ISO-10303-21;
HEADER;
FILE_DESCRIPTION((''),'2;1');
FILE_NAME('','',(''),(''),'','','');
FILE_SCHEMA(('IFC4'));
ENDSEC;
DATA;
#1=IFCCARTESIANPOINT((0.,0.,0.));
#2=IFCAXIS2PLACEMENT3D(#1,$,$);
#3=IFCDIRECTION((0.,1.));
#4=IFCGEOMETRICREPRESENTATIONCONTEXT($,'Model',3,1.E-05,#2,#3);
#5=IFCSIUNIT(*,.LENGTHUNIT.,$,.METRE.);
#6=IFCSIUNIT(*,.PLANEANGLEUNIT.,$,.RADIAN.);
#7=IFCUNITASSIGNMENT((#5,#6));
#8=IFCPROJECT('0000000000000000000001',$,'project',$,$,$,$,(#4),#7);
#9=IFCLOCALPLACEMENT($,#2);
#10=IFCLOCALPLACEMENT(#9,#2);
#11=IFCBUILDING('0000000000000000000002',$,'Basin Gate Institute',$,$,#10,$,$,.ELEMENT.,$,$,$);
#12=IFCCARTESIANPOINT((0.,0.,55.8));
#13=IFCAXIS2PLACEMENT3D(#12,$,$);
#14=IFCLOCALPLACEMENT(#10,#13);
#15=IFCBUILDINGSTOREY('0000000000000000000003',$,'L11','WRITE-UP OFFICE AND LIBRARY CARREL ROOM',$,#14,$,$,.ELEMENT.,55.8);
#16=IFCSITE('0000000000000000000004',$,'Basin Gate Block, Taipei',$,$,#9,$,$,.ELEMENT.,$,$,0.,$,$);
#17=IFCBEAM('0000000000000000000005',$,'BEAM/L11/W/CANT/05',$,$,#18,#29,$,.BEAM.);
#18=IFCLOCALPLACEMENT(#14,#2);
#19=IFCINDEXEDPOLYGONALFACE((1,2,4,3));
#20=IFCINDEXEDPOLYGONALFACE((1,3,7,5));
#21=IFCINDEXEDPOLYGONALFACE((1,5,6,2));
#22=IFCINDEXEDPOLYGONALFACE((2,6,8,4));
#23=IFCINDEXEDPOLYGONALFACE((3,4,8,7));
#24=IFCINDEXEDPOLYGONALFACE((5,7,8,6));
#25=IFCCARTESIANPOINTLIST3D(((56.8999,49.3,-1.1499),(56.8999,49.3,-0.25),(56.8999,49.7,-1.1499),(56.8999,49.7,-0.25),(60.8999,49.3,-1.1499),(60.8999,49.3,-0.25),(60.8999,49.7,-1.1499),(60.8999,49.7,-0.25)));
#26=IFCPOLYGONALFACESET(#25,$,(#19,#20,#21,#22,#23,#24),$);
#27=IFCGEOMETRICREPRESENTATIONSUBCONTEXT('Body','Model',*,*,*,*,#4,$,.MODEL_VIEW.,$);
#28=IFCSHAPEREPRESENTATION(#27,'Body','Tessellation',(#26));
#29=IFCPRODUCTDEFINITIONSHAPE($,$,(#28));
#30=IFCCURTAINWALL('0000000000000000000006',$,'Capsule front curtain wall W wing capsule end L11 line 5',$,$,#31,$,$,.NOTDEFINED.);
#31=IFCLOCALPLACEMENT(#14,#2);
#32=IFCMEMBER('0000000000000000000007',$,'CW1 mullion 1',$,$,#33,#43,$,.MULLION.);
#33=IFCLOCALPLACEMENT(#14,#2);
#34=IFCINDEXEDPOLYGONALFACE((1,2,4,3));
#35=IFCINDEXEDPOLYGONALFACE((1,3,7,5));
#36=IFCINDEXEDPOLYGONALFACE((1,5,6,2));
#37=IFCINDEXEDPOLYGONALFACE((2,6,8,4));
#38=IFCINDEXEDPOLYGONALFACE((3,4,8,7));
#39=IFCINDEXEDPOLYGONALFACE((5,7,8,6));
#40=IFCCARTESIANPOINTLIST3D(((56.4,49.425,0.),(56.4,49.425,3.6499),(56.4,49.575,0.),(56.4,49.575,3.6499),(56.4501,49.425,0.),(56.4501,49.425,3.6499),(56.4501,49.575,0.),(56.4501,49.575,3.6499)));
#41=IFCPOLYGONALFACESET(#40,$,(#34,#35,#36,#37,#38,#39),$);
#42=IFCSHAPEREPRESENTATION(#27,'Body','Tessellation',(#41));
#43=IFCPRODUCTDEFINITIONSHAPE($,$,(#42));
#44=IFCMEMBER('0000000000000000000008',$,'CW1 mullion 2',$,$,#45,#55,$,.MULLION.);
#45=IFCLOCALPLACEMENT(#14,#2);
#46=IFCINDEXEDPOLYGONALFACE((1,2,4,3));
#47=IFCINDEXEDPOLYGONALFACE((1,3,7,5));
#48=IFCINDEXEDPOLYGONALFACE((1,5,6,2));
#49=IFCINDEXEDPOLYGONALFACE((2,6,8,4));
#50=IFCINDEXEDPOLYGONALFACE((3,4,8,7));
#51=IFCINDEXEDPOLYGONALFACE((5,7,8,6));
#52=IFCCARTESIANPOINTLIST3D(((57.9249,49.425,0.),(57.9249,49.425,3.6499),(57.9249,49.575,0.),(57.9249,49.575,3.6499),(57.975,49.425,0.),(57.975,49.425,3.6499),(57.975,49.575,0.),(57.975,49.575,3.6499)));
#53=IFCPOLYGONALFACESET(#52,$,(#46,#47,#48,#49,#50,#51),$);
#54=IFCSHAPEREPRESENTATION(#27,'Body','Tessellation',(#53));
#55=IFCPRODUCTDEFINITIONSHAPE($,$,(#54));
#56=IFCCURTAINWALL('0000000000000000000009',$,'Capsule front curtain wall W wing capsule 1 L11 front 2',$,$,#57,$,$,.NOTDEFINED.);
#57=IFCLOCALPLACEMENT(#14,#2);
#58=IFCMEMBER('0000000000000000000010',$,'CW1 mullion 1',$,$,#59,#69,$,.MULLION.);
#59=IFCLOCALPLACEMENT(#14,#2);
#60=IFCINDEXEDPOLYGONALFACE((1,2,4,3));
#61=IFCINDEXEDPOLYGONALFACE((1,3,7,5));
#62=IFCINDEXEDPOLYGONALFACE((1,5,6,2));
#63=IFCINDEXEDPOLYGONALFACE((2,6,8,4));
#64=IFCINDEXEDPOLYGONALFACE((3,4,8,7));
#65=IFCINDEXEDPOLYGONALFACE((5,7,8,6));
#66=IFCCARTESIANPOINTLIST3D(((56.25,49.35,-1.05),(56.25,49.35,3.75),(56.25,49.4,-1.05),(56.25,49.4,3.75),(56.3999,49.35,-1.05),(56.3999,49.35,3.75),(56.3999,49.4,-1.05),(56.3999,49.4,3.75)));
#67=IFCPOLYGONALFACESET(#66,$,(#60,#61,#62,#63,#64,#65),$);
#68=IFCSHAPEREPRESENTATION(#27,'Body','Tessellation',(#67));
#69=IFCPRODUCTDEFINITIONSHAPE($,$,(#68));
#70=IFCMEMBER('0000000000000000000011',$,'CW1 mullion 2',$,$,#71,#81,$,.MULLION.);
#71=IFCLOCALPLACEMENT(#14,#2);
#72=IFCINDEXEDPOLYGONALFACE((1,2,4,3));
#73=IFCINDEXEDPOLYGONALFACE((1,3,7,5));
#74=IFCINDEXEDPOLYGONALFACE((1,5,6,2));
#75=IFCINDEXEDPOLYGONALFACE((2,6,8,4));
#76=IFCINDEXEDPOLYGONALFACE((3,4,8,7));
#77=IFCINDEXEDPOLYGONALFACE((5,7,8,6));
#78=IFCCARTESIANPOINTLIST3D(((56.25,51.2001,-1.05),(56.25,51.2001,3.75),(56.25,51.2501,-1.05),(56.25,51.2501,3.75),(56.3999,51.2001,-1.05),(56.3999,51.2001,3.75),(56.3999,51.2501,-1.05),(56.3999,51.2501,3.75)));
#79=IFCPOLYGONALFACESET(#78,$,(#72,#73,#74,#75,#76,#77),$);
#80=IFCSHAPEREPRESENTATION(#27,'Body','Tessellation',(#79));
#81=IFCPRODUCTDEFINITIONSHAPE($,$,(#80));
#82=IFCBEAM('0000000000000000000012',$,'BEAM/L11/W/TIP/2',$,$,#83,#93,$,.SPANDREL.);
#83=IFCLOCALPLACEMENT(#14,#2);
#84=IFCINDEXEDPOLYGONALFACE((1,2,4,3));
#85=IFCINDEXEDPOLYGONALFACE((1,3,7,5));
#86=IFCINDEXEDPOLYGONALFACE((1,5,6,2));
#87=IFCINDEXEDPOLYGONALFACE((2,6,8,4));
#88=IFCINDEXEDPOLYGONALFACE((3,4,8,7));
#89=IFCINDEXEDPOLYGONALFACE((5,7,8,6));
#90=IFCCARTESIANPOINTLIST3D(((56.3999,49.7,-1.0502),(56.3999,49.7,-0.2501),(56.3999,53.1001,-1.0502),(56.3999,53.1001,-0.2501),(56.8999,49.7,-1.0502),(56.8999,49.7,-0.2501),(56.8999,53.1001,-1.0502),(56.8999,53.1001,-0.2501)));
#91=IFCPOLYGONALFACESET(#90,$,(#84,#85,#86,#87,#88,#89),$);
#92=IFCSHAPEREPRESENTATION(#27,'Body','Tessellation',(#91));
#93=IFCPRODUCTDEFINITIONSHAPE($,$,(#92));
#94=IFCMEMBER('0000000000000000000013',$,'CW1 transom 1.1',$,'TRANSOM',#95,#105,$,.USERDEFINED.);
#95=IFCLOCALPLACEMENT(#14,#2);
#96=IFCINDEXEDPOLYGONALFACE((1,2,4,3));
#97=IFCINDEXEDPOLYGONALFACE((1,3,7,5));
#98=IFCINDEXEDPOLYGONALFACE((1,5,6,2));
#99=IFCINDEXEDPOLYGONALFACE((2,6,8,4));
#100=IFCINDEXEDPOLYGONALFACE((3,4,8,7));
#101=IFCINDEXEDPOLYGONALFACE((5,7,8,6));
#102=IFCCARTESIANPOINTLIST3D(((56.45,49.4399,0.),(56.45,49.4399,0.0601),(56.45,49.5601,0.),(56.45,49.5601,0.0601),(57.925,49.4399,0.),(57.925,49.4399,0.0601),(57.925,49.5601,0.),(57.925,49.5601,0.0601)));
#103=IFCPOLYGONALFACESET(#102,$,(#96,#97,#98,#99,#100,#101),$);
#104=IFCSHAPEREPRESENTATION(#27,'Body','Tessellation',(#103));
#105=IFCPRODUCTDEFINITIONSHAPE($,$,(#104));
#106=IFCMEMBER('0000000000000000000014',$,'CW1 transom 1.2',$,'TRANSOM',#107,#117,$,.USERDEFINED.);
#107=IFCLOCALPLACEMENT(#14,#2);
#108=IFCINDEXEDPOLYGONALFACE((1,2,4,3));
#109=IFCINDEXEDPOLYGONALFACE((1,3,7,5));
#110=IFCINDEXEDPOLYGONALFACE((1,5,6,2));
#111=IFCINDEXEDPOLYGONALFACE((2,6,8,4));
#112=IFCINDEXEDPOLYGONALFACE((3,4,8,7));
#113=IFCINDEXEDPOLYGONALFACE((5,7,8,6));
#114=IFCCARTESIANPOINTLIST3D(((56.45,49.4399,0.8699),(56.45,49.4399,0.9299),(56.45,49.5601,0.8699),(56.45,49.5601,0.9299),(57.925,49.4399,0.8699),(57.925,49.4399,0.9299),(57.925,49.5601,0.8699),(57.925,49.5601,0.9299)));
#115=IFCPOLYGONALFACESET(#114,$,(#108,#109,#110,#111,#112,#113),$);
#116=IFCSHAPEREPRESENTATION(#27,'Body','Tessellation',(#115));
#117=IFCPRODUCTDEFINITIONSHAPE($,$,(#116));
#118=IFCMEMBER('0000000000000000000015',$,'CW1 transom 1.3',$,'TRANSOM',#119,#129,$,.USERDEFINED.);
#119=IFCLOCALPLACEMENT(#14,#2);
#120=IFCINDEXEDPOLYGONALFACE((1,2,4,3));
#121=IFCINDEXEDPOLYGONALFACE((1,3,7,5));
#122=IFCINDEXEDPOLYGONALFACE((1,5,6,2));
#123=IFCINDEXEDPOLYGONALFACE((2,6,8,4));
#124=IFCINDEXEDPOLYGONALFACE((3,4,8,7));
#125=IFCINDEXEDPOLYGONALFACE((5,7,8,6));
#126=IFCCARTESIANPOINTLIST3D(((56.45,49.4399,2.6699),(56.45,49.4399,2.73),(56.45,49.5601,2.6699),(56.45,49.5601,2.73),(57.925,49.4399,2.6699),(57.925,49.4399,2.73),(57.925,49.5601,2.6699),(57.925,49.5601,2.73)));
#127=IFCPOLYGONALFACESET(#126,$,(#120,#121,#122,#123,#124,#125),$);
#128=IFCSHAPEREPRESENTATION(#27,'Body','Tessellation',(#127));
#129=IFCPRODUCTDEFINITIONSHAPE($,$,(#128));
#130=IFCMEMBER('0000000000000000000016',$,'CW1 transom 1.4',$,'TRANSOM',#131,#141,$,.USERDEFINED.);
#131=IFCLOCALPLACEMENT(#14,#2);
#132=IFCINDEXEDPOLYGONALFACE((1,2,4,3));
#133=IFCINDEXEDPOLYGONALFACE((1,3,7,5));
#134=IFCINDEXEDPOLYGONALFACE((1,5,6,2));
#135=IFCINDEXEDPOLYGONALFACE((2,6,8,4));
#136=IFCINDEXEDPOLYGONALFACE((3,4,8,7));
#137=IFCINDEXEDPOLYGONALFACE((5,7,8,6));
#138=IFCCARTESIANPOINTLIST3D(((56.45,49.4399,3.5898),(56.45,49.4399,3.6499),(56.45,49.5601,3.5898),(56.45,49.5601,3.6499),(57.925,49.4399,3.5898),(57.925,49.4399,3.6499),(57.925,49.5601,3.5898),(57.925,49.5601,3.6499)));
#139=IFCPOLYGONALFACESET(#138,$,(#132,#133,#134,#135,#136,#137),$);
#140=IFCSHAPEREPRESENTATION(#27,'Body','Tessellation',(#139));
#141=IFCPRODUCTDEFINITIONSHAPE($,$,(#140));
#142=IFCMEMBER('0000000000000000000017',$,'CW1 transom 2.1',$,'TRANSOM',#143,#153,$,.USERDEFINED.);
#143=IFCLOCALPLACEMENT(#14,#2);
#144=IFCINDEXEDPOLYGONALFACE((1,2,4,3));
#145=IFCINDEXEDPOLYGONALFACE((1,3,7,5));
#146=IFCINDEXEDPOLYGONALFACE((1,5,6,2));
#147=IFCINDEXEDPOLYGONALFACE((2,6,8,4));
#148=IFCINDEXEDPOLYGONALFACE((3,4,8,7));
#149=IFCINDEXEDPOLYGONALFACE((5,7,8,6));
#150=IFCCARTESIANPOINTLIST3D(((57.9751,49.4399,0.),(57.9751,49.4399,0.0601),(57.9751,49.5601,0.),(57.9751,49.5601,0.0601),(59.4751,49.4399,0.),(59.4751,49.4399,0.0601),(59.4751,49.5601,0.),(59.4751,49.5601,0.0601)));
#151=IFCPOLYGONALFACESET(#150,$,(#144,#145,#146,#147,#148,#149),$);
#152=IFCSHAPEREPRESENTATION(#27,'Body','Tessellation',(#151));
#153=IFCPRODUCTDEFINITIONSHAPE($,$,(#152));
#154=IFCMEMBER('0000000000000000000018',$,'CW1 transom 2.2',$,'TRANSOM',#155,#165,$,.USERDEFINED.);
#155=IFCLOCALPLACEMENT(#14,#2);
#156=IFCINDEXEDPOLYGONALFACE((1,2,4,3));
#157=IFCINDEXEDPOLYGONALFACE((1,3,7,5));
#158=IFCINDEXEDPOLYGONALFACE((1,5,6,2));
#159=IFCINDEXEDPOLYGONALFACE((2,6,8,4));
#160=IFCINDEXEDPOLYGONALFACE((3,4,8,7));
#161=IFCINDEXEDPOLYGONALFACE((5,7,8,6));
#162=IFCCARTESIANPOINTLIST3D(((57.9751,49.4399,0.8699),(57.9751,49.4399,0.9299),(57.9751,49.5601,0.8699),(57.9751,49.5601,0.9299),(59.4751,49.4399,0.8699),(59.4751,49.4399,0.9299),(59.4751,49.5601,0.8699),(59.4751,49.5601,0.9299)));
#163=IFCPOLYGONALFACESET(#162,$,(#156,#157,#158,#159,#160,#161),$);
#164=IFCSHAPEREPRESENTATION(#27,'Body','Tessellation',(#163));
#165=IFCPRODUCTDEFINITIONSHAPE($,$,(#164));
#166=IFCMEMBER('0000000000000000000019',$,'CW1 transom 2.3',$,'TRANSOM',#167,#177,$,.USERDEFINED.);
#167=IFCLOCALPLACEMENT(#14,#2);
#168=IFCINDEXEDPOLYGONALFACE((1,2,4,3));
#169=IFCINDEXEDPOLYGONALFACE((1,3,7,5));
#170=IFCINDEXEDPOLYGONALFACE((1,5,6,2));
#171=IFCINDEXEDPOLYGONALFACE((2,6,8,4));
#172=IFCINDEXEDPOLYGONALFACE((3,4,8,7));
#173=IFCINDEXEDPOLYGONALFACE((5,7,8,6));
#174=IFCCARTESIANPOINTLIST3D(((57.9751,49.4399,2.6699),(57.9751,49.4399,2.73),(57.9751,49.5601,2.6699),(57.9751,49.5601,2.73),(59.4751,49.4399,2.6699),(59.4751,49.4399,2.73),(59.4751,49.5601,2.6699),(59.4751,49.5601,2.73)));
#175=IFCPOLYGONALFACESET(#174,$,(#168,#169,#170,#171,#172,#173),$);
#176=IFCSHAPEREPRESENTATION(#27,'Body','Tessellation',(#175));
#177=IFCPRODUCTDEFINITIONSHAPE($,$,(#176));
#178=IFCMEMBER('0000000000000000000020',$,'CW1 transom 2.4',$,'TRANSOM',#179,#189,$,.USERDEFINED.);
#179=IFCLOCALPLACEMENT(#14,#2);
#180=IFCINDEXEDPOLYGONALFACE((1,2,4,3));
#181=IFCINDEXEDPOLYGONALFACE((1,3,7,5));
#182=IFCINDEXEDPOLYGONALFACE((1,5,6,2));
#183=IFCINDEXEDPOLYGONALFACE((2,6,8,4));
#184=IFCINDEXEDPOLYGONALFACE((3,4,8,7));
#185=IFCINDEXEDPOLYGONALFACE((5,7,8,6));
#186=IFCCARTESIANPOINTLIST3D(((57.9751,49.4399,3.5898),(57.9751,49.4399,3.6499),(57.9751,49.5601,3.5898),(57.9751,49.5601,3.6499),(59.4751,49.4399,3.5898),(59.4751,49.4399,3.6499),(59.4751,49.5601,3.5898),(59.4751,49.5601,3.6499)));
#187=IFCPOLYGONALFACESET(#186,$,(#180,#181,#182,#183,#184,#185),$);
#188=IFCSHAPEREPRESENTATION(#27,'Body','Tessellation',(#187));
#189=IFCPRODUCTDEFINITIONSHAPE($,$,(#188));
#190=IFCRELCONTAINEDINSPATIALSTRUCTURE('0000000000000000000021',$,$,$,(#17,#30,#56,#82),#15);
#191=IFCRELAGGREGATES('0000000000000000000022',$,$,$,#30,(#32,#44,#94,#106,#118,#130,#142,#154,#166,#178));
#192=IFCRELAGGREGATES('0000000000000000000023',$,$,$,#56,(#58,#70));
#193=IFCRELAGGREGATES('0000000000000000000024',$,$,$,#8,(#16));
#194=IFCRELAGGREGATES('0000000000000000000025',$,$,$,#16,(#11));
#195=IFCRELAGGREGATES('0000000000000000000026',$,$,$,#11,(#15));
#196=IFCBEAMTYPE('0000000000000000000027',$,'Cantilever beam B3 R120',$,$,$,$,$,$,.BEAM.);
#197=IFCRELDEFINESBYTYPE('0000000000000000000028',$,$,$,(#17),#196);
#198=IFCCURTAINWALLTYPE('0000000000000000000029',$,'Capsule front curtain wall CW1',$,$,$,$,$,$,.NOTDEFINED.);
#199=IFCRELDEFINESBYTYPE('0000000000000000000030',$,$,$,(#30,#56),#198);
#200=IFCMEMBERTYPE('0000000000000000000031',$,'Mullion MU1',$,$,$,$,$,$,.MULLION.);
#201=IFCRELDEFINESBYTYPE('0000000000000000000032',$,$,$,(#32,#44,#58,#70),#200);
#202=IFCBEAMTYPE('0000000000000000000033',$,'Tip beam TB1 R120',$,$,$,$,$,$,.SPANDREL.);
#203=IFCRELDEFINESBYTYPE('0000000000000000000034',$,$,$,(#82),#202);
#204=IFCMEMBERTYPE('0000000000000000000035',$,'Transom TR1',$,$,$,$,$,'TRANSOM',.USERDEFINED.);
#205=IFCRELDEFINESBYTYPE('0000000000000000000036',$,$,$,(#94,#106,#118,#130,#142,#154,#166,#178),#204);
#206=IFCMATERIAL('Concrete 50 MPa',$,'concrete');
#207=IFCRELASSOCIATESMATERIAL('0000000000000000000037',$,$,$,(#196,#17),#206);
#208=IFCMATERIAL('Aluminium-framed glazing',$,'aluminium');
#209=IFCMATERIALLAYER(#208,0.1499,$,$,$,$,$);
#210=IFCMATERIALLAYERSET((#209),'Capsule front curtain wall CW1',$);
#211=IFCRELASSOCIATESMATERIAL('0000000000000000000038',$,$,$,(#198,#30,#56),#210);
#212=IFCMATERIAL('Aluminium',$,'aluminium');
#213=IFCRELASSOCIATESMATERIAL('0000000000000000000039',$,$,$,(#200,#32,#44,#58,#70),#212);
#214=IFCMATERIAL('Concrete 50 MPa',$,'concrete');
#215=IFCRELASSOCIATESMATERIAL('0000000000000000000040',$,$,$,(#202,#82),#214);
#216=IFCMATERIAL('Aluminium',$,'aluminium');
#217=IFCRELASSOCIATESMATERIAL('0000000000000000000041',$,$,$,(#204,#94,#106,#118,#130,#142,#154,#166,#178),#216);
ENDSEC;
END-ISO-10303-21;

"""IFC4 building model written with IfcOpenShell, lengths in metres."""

from ifc_helpers import new_model, si_unit, direction, frame, origin, origin_2d, place, context, subcontext, project, spatial, rectangle, extrude, material, layer, layer_set, material_profile, profile_set, type_object, element, aggregate, save


model = new_model("IFC4")

# Units and contexts
model_context = context("Model", 3, precision=1e-05, world=origin(), true_north=direction((0.0, 1.0)))
body_context = subcontext(model_context, "Body", "Model", "MODEL_VIEW")
ifc_project = project(units=[si_unit("LENGTHUNIT", "METRE"), si_unit("PLANEANGLEUNIT", "RADIAN")], contexts=[model_context])

# Site, building, storey
site_placement = place(None, origin())
site = spatial("IfcSite", under=ifc_project, at=site_placement, Name="Basin Gate Block, Taipei", CompositionType="ELEMENT", RefElevation=0.0)
building_placement = place(site_placement, origin())
building = spatial("IfcBuilding", under=site, at=building_placement, Name="Basin Gate Institute", CompositionType="ELEMENT")
storey_placement = place(building_placement, frame((0.0, 0.0, 55.8)))
storey = spatial("IfcBuildingStorey", under=building, at=storey_placement, Name="L11", Description="WRITE-UP OFFICE AND LIBRARY CARREL ROOM", CompositionType="ELEMENT", Elevation=55.8)

# Beam
ifc_material_1 = material(Name="Concrete 50 MPa", Category="concrete")
ifc_material_profile_1 = material_profile(ifc_material_1, rectangle(XDim=0.3999, YDim=0.8999, at=origin_2d()), Name="Cantilever beam B3 400 x 900")
ifc_profile_set_1 = profile_set([ifc_material_profile_1], Name="Concrete 50 MPa")
beam_type_1 = type_object("IfcBeamType", Name="Cantilever beam B3 R120", PredefinedType="BEAM", material=ifc_profile_set_1)
beam_1_placement = place(storey_placement, frame((56.8999, 49.5, -0.7), z_axis=(1.0, 0.0, 0.0), x_axis=(0.0, 1.0, 0.0)))
element("IfcBeam", 1, at=beam_1_placement, inside=storey, type_object=beam_type_1, material=ifc_profile_set_1, Name="BEAM/L11/W/CANT/05", PredefinedType="BEAM", context=body_context, shape_type="SweptSolid", body=[
    extrude(rectangle(XDim=0.3999, YDim=0.8999, at=origin_2d()), origin(), (0.0, 0.0, 1.0), 4.0),
])

# Curtain walls, members
ifc_material_2 = material(Name="Aluminium-framed glazing", Category="aluminium")
ifc_layer_1 = layer(ifc_material_2, 0.1499)
ifc_layer_set_1 = layer_set([ifc_layer_1], Name="Capsule front curtain wall CW1")
curtain_wall_type = type_object("IfcCurtainWallType", Name="Capsule front curtain wall CW1", PredefinedType="NOTDEFINED", material=ifc_layer_set_1)
curtain_wall_1_placement = place(storey_placement, origin())
curtain_wall_1 = element("IfcCurtainWall", 2, at=curtain_wall_1_placement, inside=storey, type_object=curtain_wall_type, material=ifc_layer_set_1, Name="Capsule front curtain wall W wing capsule end L11 line 5", PredefinedType="NOTDEFINED")
ifc_material_3 = material(Name="Aluminium", Category="aluminium")
ifc_material_profile_2 = material_profile(ifc_material_3, rectangle(XDim=0.1499, YDim=0.05, at=origin_2d()), Name="Mullion MU1 150 x 50")
ifc_profile_set_2 = profile_set([ifc_material_profile_2], Name="Aluminium")
member_type_1 = type_object("IfcMemberType", Name="Mullion MU1", PredefinedType="MULLION", material=ifc_profile_set_2)
member_1_placement = place(storey_placement, frame((56.425, 49.5, 0.0), z_axis=(0.0, 0.0, 1.0), x_axis=(0.0, 1.0, 0.0)))
member_1 = element("IfcMember", 3, at=member_1_placement, type_object=member_type_1, material=ifc_profile_set_2, Name="CW1 mullion 1", PredefinedType="MULLION", context=body_context, shape_type="SweptSolid", body=[
    extrude(rectangle(XDim=0.1499, YDim=0.05, at=origin_2d()), origin(), (0.0, 0.0, 1.0), 3.6499),
])
member_2_placement = place(storey_placement, frame((57.95, 49.5, 0.0), z_axis=(0.0, 0.0, 1.0), x_axis=(0.0, 1.0, 0.0)))
member_2 = element("IfcMember", 4, at=member_2_placement, type_object=member_type_1, material=ifc_profile_set_2, Name="CW1 mullion 2", PredefinedType="MULLION", context=body_context, shape_type="SweptSolid", body=[
    extrude(rectangle(XDim=0.1499, YDim=0.05, at=origin_2d()), origin(), (0.0, 0.0, 1.0), 3.6499),
])
curtain_wall_2_placement = place(storey_placement, origin())
curtain_wall_2 = element("IfcCurtainWall", 5, at=curtain_wall_2_placement, inside=storey, type_object=curtain_wall_type, material=ifc_layer_set_1, Name="Capsule front curtain wall W wing capsule 1 L11 front 2", PredefinedType="NOTDEFINED")
member_3_placement = place(storey_placement, frame((56.325, 49.375, -1.05), z_axis=(0.0, 0.0, 1.0), x_axis=(-1.0, 0.0, 0.0)))
member_3 = element("IfcMember", 6, at=member_3_placement, type_object=member_type_1, material=ifc_profile_set_2, Name="CW1 mullion 1", PredefinedType="MULLION", context=body_context, shape_type="SweptSolid", body=[
    extrude(rectangle(XDim=0.1499, YDim=0.05, at=origin_2d()), origin(), (0.0, 0.0, 1.0), 4.8),
])
member_4_placement = place(storey_placement, frame((56.325, 51.2251, -1.05), z_axis=(0.0, 0.0, 1.0), x_axis=(-1.0, 0.0, 0.0)))
member_4 = element("IfcMember", 7, at=member_4_placement, type_object=member_type_1, material=ifc_profile_set_2, Name="CW1 mullion 2", PredefinedType="MULLION", context=body_context, shape_type="SweptSolid", body=[
    extrude(rectangle(XDim=0.1499, YDim=0.05, at=origin_2d()), origin(), (0.0, 0.0, 1.0), 4.8),
])

# Beam
ifc_material_4 = material(Name="Concrete 50 MPa", Category="concrete")
ifc_material_profile_3 = material_profile(ifc_material_4, rectangle(XDim=0.5, YDim=0.8, at=origin_2d()), Name="Tip beam TB1 500 x 800")
ifc_profile_set_3 = profile_set([ifc_material_profile_3], Name="Concrete 50 MPa")
beam_type_2 = type_object("IfcBeamType", Name="Tip beam TB1 R120", PredefinedType="SPANDREL", material=ifc_profile_set_3)
beam_2_placement = place(storey_placement, frame((56.6499, 49.7, -0.6501), z_axis=(0.0, 1.0, 0.0), x_axis=(-1.0, 0.0, 0.0)))
element("IfcBeam", 8, at=beam_2_placement, inside=storey, type_object=beam_type_2, material=ifc_profile_set_3, Name="BEAM/L11/W/TIP/2", PredefinedType="SPANDREL", context=body_context, shape_type="SweptSolid", body=[
    extrude(rectangle(XDim=0.5, YDim=0.8, at=origin_2d()), origin(), (0.0, 0.0, 1.0), 3.4001),
])

# Members
ifc_material_5 = material(Name="Aluminium", Category="aluminium")
ifc_material_profile_4 = material_profile(ifc_material_5, rectangle(XDim=0.1201, YDim=0.0601, at=origin_2d()), Name="Transom TR1 120 x 60")
ifc_profile_set_4 = profile_set([ifc_material_profile_4], Name="Aluminium")
member_type_2 = type_object("IfcMemberType", Name="Transom TR1", ElementType="TRANSOM", PredefinedType="USERDEFINED", material=ifc_profile_set_4)
member_5_placement = place(storey_placement, frame((56.45, 49.5, 0.03), z_axis=(1.0, 0.0, 0.0), x_axis=(0.0, 1.0, 0.0)))
member_5 = element("IfcMember", 9, at=member_5_placement, type_object=member_type_2, material=ifc_profile_set_4, Name="CW1 transom 1.1", ObjectType="TRANSOM", PredefinedType="USERDEFINED", context=body_context, shape_type="SweptSolid", body=[
    extrude(rectangle(XDim=0.1201, YDim=0.0601, at=origin_2d()), origin(), (0.0, 0.0, 1.0), 1.4751),
])
member_6_placement = place(storey_placement, frame((56.45, 49.5, 0.8999), z_axis=(1.0, 0.0, 0.0), x_axis=(0.0, 1.0, 0.0)))
member_6 = element("IfcMember", 10, at=member_6_placement, type_object=member_type_2, material=ifc_profile_set_4, Name="CW1 transom 1.2", ObjectType="TRANSOM", PredefinedType="USERDEFINED", context=body_context, shape_type="SweptSolid", body=[
    extrude(rectangle(XDim=0.1201, YDim=0.0601, at=origin_2d()), origin(), (0.0, 0.0, 1.0), 1.4751),
])
member_7_placement = place(storey_placement, frame((56.45, 49.5, 2.7), z_axis=(1.0, 0.0, 0.0), x_axis=(0.0, 1.0, 0.0)))
member_7 = element("IfcMember", 11, at=member_7_placement, type_object=member_type_2, material=ifc_profile_set_4, Name="CW1 transom 1.3", ObjectType="TRANSOM", PredefinedType="USERDEFINED", context=body_context, shape_type="SweptSolid", body=[
    extrude(rectangle(XDim=0.1201, YDim=0.0601, at=origin_2d()), origin(), (0.0, 0.0, 1.0), 1.4751),
])
member_8_placement = place(storey_placement, frame((56.45, 49.5, 3.6199), z_axis=(1.0, 0.0, 0.0), x_axis=(0.0, 1.0, 0.0)))
member_8 = element("IfcMember", 12, at=member_8_placement, type_object=member_type_2, material=ifc_profile_set_4, Name="CW1 transom 1.4", ObjectType="TRANSOM", PredefinedType="USERDEFINED", context=body_context, shape_type="SweptSolid", body=[
    extrude(rectangle(XDim=0.1201, YDim=0.0601, at=origin_2d()), origin(), (0.0, 0.0, 1.0), 1.4751),
])
member_9_placement = place(storey_placement, frame((57.9751, 49.5, 0.03), z_axis=(1.0, 0.0, 0.0), x_axis=(0.0, 1.0, 0.0)))
member_9 = element("IfcMember", 13, at=member_9_placement, type_object=member_type_2, material=ifc_profile_set_4, Name="CW1 transom 2.1", ObjectType="TRANSOM", PredefinedType="USERDEFINED", context=body_context, shape_type="SweptSolid", body=[
    extrude(rectangle(XDim=0.1201, YDim=0.0601, at=origin_2d()), origin(), (0.0, 0.0, 1.0), 1.5),
])
member_10_placement = place(storey_placement, frame((57.9751, 49.5, 0.8999), z_axis=(1.0, 0.0, 0.0), x_axis=(0.0, 1.0, 0.0)))
member_10 = element("IfcMember", 14, at=member_10_placement, type_object=member_type_2, material=ifc_profile_set_4, Name="CW1 transom 2.2", ObjectType="TRANSOM", PredefinedType="USERDEFINED", context=body_context, shape_type="SweptSolid", body=[
    extrude(rectangle(XDim=0.1201, YDim=0.0601, at=origin_2d()), origin(), (0.0, 0.0, 1.0), 1.5),
])
member_11_placement = place(storey_placement, frame((57.9751, 49.5, 2.7), z_axis=(1.0, 0.0, 0.0), x_axis=(0.0, 1.0, 0.0)))
member_11 = element("IfcMember", 15, at=member_11_placement, type_object=member_type_2, material=ifc_profile_set_4, Name="CW1 transom 2.3", ObjectType="TRANSOM", PredefinedType="USERDEFINED", context=body_context, shape_type="SweptSolid", body=[
    extrude(rectangle(XDim=0.1201, YDim=0.0601, at=origin_2d()), origin(), (0.0, 0.0, 1.0), 1.5),
])
member_12_placement = place(storey_placement, frame((57.9751, 49.5, 3.6199), z_axis=(1.0, 0.0, 0.0), x_axis=(0.0, 1.0, 0.0)))
member_12 = element("IfcMember", 16, at=member_12_placement, type_object=member_type_2, material=ifc_profile_set_4, Name="CW1 transom 2.4", ObjectType="TRANSOM", PredefinedType="USERDEFINED", context=body_context, shape_type="SweptSolid", body=[
    extrude(rectangle(XDim=0.1201, YDim=0.0601, at=origin_2d()), origin(), (0.0, 0.0, 1.0), 1.5),
])

aggregate(curtain_wall_1, [member_1, member_2, member_5, member_6, member_7, member_8, member_9, member_10, member_11, member_12])
aggregate(curtain_wall_2, [member_3, member_4])

save(model, "model.ifc")
